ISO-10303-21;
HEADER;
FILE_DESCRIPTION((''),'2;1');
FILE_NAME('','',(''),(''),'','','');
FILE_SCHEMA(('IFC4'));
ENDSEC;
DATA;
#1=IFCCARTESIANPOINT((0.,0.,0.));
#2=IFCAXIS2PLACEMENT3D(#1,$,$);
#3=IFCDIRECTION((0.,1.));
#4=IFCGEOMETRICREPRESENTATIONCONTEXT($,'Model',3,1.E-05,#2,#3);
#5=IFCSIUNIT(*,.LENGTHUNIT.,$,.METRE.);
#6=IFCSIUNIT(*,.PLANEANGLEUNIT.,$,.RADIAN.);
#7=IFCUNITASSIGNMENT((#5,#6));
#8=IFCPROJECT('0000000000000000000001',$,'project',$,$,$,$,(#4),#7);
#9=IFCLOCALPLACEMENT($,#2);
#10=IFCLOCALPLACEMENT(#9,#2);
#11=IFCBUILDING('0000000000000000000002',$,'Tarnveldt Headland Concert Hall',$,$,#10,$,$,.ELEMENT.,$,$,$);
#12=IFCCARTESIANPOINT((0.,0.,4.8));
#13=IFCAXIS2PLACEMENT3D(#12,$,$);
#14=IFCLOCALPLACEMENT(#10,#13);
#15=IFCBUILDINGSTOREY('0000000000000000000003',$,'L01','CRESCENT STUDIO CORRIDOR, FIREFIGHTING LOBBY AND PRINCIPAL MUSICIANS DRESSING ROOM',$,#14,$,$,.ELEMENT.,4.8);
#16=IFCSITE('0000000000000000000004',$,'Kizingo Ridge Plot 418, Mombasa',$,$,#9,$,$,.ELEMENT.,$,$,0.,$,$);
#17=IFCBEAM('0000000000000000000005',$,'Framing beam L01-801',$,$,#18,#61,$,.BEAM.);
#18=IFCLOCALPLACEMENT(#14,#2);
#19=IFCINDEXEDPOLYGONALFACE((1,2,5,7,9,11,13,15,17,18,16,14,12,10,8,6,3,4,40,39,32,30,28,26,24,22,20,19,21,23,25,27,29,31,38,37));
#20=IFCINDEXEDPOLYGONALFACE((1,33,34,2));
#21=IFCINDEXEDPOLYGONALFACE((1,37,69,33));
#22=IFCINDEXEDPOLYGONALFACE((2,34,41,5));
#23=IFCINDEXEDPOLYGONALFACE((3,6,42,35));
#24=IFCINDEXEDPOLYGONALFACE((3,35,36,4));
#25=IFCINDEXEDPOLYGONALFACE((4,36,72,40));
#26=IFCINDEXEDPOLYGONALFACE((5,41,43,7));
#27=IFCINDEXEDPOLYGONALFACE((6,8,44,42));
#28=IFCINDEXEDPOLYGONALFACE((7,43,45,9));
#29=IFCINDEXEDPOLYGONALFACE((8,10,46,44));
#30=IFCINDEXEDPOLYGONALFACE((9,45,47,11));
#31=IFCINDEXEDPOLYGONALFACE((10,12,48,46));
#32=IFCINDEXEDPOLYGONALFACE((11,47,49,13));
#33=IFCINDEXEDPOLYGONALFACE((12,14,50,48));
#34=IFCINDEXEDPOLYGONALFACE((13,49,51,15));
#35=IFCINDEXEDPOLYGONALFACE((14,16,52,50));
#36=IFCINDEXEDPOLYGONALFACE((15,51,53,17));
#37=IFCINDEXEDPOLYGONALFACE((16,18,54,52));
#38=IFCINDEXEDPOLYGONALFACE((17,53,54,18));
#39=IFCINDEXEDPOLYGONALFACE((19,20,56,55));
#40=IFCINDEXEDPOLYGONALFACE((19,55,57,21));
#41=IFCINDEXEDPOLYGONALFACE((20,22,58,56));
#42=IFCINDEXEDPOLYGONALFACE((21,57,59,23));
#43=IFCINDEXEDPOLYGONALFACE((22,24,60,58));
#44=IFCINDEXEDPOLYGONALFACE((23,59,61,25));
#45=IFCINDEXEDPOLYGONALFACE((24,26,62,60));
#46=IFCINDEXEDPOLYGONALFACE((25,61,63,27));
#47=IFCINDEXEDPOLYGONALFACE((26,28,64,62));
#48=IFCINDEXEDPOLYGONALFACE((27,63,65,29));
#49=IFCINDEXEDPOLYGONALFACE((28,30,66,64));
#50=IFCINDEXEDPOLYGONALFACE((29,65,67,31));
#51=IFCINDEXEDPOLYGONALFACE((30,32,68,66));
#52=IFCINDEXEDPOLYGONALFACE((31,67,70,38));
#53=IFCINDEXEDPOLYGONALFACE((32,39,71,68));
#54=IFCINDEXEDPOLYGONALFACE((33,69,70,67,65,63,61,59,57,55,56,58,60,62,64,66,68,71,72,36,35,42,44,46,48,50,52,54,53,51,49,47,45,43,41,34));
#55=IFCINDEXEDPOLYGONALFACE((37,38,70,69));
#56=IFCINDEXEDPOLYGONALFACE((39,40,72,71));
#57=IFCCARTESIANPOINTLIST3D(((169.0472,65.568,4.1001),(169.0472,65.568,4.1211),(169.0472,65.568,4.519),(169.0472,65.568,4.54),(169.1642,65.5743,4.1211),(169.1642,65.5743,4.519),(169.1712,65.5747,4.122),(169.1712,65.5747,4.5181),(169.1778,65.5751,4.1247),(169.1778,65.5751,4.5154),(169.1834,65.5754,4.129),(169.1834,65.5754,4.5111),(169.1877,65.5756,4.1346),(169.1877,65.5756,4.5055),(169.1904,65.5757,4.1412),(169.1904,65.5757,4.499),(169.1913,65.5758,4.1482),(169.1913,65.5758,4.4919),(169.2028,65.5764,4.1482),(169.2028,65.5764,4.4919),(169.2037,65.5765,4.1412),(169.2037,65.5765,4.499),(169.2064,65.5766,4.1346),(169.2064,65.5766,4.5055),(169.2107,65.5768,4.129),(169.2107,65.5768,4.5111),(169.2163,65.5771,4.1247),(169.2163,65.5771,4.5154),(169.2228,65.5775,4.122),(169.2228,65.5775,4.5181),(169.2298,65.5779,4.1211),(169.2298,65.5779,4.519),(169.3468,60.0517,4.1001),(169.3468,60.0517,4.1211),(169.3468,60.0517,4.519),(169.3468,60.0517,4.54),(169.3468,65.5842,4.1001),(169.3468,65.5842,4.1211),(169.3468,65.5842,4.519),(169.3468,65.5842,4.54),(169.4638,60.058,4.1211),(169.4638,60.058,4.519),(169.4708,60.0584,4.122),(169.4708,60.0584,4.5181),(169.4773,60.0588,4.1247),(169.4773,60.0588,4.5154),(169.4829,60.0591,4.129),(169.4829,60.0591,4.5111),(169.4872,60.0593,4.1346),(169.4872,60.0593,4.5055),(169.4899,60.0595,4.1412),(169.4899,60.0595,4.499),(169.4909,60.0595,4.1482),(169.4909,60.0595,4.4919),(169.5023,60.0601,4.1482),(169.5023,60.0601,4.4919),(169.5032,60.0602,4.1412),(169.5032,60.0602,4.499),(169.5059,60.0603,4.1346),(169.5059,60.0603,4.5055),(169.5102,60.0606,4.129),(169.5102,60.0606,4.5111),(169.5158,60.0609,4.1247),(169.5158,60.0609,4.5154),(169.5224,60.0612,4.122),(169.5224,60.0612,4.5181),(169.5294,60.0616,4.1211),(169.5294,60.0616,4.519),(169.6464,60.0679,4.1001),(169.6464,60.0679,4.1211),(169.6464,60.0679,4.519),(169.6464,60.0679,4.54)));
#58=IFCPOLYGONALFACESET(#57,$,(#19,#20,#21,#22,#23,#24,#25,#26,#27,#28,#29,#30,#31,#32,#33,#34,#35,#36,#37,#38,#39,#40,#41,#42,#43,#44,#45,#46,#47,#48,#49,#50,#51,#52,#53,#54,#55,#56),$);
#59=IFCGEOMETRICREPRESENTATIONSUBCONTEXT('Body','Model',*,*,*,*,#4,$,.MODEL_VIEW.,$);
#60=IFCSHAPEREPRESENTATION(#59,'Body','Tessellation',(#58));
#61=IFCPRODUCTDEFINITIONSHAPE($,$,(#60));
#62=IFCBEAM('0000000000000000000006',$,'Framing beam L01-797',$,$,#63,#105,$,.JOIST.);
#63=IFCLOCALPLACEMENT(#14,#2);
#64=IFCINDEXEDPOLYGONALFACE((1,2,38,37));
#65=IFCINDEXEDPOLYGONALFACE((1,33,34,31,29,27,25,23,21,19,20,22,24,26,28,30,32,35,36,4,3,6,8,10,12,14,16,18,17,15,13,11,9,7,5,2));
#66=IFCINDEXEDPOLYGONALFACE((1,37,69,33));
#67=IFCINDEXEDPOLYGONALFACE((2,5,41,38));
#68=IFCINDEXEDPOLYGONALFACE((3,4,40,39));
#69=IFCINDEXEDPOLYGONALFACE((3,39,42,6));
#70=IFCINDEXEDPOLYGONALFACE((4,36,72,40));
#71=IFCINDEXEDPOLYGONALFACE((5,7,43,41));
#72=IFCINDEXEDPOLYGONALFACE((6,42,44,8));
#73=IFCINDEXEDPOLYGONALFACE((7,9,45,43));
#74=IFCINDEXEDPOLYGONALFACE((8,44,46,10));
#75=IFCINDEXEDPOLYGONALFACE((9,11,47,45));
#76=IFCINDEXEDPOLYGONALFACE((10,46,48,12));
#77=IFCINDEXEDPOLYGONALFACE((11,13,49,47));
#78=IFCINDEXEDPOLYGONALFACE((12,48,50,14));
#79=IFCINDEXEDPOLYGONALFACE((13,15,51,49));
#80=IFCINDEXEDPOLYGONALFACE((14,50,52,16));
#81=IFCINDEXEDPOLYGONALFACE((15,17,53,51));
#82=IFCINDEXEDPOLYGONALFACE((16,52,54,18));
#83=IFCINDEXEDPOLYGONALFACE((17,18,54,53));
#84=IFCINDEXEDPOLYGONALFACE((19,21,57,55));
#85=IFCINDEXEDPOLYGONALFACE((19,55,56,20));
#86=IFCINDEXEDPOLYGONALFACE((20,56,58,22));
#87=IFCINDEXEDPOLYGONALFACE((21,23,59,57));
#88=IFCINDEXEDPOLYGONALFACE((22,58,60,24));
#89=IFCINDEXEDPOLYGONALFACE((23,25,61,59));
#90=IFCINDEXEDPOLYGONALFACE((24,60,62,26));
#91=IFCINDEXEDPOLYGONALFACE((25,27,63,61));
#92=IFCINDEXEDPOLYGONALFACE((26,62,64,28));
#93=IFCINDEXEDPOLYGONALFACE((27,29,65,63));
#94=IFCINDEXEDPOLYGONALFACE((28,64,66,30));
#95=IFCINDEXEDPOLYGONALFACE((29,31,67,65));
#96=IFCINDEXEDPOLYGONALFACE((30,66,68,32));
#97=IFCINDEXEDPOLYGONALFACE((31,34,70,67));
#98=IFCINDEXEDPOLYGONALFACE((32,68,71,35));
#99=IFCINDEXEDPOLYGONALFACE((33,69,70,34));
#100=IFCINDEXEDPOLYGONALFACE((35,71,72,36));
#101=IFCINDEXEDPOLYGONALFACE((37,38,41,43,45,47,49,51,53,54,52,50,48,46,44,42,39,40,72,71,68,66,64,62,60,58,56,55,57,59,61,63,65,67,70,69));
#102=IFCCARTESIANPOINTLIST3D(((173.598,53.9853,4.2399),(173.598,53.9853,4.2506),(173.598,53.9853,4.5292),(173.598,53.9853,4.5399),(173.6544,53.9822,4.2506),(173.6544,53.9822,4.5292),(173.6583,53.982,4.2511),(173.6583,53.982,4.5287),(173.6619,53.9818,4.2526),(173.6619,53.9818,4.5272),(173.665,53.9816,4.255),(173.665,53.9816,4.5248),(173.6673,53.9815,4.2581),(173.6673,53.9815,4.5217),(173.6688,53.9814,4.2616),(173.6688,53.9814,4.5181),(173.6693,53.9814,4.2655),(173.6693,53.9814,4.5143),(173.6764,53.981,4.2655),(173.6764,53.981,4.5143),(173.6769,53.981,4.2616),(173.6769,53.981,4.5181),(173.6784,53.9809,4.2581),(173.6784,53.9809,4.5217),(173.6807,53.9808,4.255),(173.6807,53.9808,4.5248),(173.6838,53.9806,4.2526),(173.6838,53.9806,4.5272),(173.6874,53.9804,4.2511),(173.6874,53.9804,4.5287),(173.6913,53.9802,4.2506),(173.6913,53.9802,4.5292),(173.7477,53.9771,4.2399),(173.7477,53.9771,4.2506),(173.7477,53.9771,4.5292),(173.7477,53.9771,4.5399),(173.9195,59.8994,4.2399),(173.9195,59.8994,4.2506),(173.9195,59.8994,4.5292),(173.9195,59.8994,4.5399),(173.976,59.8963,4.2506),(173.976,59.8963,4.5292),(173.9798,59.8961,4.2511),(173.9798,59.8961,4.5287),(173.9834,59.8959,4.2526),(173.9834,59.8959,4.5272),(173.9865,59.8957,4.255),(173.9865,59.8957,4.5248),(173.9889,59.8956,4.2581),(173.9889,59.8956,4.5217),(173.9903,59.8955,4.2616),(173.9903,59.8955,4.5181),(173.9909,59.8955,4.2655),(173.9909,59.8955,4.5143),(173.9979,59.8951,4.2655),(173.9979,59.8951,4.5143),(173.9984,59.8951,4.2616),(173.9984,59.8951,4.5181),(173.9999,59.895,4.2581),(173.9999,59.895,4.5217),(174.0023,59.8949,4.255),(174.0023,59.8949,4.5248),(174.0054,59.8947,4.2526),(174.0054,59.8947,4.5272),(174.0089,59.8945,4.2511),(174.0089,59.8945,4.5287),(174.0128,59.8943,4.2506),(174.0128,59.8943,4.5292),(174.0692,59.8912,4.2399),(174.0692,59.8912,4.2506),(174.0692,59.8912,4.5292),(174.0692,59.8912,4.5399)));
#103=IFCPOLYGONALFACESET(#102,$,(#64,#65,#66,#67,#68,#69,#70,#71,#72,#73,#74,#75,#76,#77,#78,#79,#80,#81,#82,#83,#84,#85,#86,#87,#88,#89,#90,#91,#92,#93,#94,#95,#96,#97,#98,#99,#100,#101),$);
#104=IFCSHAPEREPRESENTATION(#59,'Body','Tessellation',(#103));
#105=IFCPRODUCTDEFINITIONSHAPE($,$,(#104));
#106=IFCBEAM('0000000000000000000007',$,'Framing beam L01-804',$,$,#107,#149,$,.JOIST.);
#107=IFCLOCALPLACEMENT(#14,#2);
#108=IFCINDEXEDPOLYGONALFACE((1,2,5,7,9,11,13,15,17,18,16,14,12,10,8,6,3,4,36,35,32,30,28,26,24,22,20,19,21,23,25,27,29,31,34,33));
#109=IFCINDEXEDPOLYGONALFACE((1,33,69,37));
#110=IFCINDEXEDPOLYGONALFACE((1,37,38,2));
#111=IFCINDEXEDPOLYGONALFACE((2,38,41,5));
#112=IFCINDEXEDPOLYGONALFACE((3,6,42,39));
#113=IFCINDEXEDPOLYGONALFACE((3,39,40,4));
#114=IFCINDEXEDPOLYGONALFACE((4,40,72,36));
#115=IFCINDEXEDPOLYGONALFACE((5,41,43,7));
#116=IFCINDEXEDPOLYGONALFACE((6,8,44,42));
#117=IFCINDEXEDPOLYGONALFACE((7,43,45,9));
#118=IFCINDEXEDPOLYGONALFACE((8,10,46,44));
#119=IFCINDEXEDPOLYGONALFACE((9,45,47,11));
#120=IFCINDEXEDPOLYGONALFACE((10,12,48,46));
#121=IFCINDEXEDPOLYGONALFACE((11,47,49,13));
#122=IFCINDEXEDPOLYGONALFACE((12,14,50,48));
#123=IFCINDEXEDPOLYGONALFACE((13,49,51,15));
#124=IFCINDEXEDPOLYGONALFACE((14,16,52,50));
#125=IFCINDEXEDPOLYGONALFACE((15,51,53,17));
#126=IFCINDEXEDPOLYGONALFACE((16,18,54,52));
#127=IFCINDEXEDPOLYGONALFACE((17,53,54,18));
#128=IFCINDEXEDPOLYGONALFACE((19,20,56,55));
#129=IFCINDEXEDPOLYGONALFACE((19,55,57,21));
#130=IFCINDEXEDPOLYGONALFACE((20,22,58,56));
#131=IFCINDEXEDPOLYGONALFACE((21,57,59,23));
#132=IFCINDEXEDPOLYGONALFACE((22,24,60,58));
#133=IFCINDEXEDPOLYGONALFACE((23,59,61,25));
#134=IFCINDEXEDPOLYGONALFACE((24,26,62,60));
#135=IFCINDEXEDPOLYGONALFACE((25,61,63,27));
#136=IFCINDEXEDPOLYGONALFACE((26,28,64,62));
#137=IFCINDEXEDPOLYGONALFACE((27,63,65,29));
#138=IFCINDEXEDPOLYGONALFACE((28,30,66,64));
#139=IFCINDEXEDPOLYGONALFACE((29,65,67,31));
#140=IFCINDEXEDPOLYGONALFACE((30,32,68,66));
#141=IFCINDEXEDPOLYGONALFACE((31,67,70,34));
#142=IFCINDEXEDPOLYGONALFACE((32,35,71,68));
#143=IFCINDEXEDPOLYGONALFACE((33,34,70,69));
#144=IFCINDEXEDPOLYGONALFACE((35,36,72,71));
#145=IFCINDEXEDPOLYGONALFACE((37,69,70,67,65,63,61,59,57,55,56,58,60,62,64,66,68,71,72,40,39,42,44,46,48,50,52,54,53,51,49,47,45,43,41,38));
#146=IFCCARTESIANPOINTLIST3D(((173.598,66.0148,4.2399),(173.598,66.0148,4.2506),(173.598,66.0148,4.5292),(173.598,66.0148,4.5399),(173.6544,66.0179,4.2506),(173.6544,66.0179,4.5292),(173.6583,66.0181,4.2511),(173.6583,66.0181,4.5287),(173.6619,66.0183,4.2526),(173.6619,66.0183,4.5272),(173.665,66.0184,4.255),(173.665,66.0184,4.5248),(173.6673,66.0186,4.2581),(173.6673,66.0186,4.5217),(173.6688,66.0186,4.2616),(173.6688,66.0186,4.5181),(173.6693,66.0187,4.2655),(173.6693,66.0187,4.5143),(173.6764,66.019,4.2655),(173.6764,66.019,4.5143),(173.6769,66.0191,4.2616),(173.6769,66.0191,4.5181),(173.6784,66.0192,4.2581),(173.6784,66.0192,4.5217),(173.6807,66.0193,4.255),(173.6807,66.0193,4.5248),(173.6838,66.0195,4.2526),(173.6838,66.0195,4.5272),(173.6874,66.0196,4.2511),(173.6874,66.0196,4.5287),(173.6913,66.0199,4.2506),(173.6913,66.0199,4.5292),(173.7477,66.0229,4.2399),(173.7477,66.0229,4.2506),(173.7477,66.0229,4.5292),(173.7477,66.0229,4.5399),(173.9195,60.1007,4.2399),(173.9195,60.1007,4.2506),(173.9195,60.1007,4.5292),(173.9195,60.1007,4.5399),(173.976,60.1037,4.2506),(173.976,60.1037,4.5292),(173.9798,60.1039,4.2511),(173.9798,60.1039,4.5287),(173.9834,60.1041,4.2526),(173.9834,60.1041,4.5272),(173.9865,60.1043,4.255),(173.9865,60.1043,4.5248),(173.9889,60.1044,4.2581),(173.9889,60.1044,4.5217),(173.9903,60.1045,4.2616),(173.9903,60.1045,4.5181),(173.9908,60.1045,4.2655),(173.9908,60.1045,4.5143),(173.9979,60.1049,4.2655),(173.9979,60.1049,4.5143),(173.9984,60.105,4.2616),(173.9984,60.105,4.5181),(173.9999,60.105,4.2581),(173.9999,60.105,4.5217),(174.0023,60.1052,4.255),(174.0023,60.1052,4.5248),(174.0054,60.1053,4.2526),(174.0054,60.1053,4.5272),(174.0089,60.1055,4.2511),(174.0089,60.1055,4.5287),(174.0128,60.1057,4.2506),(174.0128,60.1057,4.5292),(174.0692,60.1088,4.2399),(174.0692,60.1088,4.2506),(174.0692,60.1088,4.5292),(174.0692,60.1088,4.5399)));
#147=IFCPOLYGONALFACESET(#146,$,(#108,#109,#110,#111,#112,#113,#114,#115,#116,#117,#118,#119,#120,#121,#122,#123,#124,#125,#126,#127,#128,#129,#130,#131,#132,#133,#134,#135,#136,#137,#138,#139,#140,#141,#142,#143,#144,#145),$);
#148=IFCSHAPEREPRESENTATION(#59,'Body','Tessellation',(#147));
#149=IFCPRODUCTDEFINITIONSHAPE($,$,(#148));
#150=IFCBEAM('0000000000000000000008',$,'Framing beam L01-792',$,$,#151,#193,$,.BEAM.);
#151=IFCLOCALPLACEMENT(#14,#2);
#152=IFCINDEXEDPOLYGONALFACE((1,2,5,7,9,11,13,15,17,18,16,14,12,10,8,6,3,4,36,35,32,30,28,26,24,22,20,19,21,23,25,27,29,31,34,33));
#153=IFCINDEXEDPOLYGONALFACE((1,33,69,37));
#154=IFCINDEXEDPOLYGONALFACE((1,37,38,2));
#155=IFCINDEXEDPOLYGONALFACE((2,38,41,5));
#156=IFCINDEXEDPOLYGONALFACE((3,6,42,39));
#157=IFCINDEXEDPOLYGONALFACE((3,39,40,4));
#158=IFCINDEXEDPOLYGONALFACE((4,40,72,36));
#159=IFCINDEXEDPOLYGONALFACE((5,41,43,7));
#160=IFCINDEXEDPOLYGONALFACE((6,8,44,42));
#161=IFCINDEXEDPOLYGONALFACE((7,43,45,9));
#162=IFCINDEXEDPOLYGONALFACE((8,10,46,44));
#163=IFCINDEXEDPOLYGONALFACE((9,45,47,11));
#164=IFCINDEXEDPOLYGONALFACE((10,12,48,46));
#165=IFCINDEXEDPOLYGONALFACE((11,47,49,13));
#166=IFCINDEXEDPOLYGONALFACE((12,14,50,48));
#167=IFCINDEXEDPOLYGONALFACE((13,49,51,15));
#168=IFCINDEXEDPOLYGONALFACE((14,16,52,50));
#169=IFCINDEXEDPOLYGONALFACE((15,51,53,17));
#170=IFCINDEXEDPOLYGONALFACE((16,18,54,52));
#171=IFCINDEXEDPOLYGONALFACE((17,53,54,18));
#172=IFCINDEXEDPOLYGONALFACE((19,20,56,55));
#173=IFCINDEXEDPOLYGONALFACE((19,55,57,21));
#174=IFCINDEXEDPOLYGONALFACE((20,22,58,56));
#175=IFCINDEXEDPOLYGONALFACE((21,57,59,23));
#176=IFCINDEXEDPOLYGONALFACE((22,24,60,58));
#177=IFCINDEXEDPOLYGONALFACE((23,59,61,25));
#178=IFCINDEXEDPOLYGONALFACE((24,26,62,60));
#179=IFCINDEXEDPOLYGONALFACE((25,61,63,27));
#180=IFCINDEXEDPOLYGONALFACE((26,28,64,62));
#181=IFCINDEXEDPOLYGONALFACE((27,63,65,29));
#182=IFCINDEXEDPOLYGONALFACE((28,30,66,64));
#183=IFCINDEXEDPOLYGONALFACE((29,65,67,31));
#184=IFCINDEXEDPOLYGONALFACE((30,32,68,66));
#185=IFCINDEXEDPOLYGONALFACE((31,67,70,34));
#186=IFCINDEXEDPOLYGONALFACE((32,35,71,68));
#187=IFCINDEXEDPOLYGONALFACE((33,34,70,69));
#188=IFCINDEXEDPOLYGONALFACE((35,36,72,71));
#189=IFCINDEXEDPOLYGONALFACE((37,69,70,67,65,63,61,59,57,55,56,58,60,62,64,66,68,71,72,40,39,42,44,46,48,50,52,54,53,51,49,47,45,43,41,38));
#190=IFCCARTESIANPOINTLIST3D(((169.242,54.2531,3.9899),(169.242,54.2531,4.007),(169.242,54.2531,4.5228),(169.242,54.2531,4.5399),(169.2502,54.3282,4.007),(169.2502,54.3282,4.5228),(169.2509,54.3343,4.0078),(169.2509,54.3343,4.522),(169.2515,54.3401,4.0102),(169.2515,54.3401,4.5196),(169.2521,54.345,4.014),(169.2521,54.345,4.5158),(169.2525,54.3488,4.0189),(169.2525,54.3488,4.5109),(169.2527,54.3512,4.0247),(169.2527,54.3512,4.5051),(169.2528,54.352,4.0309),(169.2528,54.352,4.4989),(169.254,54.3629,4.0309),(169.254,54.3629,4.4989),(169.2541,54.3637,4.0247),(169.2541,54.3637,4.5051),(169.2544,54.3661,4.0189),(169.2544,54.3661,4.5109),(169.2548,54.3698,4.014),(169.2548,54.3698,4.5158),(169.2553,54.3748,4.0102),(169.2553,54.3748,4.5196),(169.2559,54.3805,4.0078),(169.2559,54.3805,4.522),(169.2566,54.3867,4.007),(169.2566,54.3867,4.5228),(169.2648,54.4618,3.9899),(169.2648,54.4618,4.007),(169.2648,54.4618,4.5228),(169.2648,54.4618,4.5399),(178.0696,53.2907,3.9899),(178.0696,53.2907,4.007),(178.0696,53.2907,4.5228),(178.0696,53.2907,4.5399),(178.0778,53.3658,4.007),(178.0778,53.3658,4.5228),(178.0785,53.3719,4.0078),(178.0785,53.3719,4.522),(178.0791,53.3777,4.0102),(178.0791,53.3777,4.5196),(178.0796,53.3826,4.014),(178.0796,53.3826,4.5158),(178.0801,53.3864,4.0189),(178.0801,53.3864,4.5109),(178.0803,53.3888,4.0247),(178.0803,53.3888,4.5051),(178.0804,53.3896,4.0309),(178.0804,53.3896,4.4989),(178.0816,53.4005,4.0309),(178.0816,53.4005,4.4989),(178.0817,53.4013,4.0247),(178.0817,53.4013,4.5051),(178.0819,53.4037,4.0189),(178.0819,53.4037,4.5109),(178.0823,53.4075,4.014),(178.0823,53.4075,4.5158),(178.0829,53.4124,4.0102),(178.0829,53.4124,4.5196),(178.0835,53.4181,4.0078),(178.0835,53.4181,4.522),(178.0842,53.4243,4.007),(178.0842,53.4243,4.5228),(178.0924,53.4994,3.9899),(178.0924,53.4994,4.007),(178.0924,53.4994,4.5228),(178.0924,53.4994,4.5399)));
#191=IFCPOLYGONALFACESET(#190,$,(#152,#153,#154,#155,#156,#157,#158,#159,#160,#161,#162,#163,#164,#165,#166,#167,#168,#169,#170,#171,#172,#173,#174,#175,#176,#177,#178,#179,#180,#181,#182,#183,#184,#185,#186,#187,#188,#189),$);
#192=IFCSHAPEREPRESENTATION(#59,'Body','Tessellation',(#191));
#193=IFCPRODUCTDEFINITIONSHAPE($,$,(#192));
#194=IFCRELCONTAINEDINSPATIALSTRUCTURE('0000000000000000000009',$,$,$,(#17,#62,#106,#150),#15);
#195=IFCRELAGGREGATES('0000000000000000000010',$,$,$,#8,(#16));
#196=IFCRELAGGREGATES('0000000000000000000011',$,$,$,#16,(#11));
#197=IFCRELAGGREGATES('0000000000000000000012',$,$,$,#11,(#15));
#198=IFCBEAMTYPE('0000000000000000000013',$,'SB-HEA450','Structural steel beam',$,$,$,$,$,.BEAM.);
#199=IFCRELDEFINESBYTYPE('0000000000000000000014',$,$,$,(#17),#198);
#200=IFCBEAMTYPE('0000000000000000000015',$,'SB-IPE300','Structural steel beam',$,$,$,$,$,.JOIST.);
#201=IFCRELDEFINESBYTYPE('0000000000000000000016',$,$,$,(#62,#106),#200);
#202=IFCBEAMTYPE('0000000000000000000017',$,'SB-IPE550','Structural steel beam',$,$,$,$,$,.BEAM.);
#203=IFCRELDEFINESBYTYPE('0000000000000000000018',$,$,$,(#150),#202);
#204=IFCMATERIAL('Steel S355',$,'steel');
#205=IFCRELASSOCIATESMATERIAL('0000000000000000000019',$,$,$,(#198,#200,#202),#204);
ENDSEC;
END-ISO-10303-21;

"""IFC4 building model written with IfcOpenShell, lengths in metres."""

from ifc_helpers import new_model, si_unit, direction, frame, origin, origin_2d, place, context, subcontext, project, spatial, i_section, extrude, material, material_profile, profile_set, type_object, element, save


model = new_model("IFC4")

# Units and contexts
model_context = context("Model", 3, precision=1e-05, world=origin(), true_north=direction((0.0, 1.0)))
body_context = subcontext(model_context, "Body", "Model", "MODEL_VIEW")
ifc_project = project(units=[si_unit("LENGTHUNIT", "METRE"), si_unit("PLANEANGLEUNIT", "RADIAN")], contexts=[model_context])

# Site, building, storey
site_placement = place(None, origin())
site = spatial("IfcSite", under=ifc_project, at=site_placement, Name="Kizingo Ridge Plot 418, Mombasa", CompositionType="ELEMENT", RefElevation=0.0)
building_placement = place(site_placement, origin())
building = spatial("IfcBuilding", under=site, at=building_placement, Name="Tarnveldt Headland Concert Hall", CompositionType="ELEMENT")
storey_placement = place(building_placement, frame((0.0, 0.0, 4.8)))
storey = spatial("IfcBuildingStorey", under=building, at=storey_placement, Name="L01", Description="CRESCENT STUDIO CORRIDOR, FIREFIGHTING LOBBY AND PRINCIPAL MUSICIANS DRESSING ROOM", CompositionType="ELEMENT", Elevation=4.8)

# Beams
ifc_material_1 = material(Name="Steel S355", Category="steel")
ifc_material_profile_1 = material_profile(ifc_material_1, i_section(OverallWidth=0.3, OverallDepth=0.4399, WebThickness=0.0115, FlangeThickness=0.021, FilletRadius=0.0271, at=origin_2d()), Name="HEA450", Category="steel")
ifc_profile_set_1 = profile_set([ifc_material_profile_1], Name="Steel S355")
beam_type_1 = type_object("IfcBeamType", Name="SB-HEA450", Description="Structural steel beam", PredefinedType="BEAM", material=ifc_profile_set_1)
for number, where, z_axis, x_axis, name in (
    (1, (169.4966, 60.0598, 4.3201), (-0.054224, 0.998529, 0.0), (-0.998529, -0.054224, 0.0), "Framing beam L01-801"),
):
    element("IfcBeam", number, at=place(storey_placement, frame(where, z_axis=z_axis, x_axis=x_axis)), inside=storey, type_object=beam_type_1, Name=name, PredefinedType="BEAM", context=body_context, shape_type="SweptSolid", body=[
        extrude(i_section(OverallWidth=0.3, OverallDepth=0.4399, WebThickness=0.0115, FlangeThickness=0.021, FilletRadius=0.0271, at=origin_2d()), origin(), (0.0, 0.0, 1.0), 5.5244),
    ])
ifc_material_profile_2 = material_profile(ifc_material_1, i_section(OverallWidth=0.1499, OverallDepth=0.3, WebThickness=0.0071, FlangeThickness=0.0107, FilletRadius=0.0149, at=origin_2d()), Name="IPE300", Category="steel")
ifc_profile_set_2 = profile_set([ifc_material_profile_2], Name="Steel S355")
beam_type_2 = type_object("IfcBeamType", Name="SB-IPE300", Description="Structural steel beam", PredefinedType="JOIST", material=ifc_profile_set_2)
for number, where, z_axis, x_axis, name in (
    (2, (173.6729, 53.9812, 4.3899), (0.054287, 0.998525, 0.0), (-0.998525, 0.054287, 0.0), "Framing beam L01-797"),
    (3, (173.9944, 60.1047, 4.3899), (-0.054287, 0.998525, 0.0), (-0.998525, -0.054287, 0.0), "Framing beam L01-804"),
):
    element("IfcBeam", number, at=place(storey_placement, frame(where, z_axis=z_axis, x_axis=x_axis)), inside=storey, type_object=beam_type_2, Name=name, PredefinedType="JOIST", context=body_context, shape_type="SweptSolid", body=[
        extrude(i_section(OverallWidth=0.1499, OverallDepth=0.3, WebThickness=0.0071, FlangeThickness=0.0107, FilletRadius=0.0149, at=origin_2d()), origin(), (0.0, 0.0, 1.0), 5.9229),
    ])
ifc_material_profile_3 = material_profile(ifc_material_1, i_section(OverallWidth=0.21, OverallDepth=0.55, WebThickness=0.011, FlangeThickness=0.0171, FilletRadius=0.0239, at=origin_2d()), Name="IPE550", Category="steel")
ifc_profile_set_3 = profile_set([ifc_material_profile_3], Name="Steel S355")
beam_type_3 = type_object("IfcBeamType", Name="SB-IPE550", Description="Structural steel beam", PredefinedType="BEAM", material=ifc_profile_set_3)
for number, where, z_axis, x_axis, name in (
    (4, (169.2534, 54.3574, 4.2649), (0.99411, -0.108379, 0.0), (0.108379, 0.99411, 0.0), "Framing beam L01-792"),
):
    element("IfcBeam", number, at=place(storey_placement, frame(where, z_axis=z_axis, x_axis=x_axis)), inside=storey, type_object=beam_type_3, Name=name, PredefinedType="BEAM", context=body_context, shape_type="SweptSolid", body=[
        extrude(i_section(OverallWidth=0.21, OverallDepth=0.55, WebThickness=0.011, FlangeThickness=0.0171, FilletRadius=0.0239, at=origin_2d()), origin(), (0.0, 0.0, 1.0), 8.8799),
    ])

save(model, "model.ifc")
